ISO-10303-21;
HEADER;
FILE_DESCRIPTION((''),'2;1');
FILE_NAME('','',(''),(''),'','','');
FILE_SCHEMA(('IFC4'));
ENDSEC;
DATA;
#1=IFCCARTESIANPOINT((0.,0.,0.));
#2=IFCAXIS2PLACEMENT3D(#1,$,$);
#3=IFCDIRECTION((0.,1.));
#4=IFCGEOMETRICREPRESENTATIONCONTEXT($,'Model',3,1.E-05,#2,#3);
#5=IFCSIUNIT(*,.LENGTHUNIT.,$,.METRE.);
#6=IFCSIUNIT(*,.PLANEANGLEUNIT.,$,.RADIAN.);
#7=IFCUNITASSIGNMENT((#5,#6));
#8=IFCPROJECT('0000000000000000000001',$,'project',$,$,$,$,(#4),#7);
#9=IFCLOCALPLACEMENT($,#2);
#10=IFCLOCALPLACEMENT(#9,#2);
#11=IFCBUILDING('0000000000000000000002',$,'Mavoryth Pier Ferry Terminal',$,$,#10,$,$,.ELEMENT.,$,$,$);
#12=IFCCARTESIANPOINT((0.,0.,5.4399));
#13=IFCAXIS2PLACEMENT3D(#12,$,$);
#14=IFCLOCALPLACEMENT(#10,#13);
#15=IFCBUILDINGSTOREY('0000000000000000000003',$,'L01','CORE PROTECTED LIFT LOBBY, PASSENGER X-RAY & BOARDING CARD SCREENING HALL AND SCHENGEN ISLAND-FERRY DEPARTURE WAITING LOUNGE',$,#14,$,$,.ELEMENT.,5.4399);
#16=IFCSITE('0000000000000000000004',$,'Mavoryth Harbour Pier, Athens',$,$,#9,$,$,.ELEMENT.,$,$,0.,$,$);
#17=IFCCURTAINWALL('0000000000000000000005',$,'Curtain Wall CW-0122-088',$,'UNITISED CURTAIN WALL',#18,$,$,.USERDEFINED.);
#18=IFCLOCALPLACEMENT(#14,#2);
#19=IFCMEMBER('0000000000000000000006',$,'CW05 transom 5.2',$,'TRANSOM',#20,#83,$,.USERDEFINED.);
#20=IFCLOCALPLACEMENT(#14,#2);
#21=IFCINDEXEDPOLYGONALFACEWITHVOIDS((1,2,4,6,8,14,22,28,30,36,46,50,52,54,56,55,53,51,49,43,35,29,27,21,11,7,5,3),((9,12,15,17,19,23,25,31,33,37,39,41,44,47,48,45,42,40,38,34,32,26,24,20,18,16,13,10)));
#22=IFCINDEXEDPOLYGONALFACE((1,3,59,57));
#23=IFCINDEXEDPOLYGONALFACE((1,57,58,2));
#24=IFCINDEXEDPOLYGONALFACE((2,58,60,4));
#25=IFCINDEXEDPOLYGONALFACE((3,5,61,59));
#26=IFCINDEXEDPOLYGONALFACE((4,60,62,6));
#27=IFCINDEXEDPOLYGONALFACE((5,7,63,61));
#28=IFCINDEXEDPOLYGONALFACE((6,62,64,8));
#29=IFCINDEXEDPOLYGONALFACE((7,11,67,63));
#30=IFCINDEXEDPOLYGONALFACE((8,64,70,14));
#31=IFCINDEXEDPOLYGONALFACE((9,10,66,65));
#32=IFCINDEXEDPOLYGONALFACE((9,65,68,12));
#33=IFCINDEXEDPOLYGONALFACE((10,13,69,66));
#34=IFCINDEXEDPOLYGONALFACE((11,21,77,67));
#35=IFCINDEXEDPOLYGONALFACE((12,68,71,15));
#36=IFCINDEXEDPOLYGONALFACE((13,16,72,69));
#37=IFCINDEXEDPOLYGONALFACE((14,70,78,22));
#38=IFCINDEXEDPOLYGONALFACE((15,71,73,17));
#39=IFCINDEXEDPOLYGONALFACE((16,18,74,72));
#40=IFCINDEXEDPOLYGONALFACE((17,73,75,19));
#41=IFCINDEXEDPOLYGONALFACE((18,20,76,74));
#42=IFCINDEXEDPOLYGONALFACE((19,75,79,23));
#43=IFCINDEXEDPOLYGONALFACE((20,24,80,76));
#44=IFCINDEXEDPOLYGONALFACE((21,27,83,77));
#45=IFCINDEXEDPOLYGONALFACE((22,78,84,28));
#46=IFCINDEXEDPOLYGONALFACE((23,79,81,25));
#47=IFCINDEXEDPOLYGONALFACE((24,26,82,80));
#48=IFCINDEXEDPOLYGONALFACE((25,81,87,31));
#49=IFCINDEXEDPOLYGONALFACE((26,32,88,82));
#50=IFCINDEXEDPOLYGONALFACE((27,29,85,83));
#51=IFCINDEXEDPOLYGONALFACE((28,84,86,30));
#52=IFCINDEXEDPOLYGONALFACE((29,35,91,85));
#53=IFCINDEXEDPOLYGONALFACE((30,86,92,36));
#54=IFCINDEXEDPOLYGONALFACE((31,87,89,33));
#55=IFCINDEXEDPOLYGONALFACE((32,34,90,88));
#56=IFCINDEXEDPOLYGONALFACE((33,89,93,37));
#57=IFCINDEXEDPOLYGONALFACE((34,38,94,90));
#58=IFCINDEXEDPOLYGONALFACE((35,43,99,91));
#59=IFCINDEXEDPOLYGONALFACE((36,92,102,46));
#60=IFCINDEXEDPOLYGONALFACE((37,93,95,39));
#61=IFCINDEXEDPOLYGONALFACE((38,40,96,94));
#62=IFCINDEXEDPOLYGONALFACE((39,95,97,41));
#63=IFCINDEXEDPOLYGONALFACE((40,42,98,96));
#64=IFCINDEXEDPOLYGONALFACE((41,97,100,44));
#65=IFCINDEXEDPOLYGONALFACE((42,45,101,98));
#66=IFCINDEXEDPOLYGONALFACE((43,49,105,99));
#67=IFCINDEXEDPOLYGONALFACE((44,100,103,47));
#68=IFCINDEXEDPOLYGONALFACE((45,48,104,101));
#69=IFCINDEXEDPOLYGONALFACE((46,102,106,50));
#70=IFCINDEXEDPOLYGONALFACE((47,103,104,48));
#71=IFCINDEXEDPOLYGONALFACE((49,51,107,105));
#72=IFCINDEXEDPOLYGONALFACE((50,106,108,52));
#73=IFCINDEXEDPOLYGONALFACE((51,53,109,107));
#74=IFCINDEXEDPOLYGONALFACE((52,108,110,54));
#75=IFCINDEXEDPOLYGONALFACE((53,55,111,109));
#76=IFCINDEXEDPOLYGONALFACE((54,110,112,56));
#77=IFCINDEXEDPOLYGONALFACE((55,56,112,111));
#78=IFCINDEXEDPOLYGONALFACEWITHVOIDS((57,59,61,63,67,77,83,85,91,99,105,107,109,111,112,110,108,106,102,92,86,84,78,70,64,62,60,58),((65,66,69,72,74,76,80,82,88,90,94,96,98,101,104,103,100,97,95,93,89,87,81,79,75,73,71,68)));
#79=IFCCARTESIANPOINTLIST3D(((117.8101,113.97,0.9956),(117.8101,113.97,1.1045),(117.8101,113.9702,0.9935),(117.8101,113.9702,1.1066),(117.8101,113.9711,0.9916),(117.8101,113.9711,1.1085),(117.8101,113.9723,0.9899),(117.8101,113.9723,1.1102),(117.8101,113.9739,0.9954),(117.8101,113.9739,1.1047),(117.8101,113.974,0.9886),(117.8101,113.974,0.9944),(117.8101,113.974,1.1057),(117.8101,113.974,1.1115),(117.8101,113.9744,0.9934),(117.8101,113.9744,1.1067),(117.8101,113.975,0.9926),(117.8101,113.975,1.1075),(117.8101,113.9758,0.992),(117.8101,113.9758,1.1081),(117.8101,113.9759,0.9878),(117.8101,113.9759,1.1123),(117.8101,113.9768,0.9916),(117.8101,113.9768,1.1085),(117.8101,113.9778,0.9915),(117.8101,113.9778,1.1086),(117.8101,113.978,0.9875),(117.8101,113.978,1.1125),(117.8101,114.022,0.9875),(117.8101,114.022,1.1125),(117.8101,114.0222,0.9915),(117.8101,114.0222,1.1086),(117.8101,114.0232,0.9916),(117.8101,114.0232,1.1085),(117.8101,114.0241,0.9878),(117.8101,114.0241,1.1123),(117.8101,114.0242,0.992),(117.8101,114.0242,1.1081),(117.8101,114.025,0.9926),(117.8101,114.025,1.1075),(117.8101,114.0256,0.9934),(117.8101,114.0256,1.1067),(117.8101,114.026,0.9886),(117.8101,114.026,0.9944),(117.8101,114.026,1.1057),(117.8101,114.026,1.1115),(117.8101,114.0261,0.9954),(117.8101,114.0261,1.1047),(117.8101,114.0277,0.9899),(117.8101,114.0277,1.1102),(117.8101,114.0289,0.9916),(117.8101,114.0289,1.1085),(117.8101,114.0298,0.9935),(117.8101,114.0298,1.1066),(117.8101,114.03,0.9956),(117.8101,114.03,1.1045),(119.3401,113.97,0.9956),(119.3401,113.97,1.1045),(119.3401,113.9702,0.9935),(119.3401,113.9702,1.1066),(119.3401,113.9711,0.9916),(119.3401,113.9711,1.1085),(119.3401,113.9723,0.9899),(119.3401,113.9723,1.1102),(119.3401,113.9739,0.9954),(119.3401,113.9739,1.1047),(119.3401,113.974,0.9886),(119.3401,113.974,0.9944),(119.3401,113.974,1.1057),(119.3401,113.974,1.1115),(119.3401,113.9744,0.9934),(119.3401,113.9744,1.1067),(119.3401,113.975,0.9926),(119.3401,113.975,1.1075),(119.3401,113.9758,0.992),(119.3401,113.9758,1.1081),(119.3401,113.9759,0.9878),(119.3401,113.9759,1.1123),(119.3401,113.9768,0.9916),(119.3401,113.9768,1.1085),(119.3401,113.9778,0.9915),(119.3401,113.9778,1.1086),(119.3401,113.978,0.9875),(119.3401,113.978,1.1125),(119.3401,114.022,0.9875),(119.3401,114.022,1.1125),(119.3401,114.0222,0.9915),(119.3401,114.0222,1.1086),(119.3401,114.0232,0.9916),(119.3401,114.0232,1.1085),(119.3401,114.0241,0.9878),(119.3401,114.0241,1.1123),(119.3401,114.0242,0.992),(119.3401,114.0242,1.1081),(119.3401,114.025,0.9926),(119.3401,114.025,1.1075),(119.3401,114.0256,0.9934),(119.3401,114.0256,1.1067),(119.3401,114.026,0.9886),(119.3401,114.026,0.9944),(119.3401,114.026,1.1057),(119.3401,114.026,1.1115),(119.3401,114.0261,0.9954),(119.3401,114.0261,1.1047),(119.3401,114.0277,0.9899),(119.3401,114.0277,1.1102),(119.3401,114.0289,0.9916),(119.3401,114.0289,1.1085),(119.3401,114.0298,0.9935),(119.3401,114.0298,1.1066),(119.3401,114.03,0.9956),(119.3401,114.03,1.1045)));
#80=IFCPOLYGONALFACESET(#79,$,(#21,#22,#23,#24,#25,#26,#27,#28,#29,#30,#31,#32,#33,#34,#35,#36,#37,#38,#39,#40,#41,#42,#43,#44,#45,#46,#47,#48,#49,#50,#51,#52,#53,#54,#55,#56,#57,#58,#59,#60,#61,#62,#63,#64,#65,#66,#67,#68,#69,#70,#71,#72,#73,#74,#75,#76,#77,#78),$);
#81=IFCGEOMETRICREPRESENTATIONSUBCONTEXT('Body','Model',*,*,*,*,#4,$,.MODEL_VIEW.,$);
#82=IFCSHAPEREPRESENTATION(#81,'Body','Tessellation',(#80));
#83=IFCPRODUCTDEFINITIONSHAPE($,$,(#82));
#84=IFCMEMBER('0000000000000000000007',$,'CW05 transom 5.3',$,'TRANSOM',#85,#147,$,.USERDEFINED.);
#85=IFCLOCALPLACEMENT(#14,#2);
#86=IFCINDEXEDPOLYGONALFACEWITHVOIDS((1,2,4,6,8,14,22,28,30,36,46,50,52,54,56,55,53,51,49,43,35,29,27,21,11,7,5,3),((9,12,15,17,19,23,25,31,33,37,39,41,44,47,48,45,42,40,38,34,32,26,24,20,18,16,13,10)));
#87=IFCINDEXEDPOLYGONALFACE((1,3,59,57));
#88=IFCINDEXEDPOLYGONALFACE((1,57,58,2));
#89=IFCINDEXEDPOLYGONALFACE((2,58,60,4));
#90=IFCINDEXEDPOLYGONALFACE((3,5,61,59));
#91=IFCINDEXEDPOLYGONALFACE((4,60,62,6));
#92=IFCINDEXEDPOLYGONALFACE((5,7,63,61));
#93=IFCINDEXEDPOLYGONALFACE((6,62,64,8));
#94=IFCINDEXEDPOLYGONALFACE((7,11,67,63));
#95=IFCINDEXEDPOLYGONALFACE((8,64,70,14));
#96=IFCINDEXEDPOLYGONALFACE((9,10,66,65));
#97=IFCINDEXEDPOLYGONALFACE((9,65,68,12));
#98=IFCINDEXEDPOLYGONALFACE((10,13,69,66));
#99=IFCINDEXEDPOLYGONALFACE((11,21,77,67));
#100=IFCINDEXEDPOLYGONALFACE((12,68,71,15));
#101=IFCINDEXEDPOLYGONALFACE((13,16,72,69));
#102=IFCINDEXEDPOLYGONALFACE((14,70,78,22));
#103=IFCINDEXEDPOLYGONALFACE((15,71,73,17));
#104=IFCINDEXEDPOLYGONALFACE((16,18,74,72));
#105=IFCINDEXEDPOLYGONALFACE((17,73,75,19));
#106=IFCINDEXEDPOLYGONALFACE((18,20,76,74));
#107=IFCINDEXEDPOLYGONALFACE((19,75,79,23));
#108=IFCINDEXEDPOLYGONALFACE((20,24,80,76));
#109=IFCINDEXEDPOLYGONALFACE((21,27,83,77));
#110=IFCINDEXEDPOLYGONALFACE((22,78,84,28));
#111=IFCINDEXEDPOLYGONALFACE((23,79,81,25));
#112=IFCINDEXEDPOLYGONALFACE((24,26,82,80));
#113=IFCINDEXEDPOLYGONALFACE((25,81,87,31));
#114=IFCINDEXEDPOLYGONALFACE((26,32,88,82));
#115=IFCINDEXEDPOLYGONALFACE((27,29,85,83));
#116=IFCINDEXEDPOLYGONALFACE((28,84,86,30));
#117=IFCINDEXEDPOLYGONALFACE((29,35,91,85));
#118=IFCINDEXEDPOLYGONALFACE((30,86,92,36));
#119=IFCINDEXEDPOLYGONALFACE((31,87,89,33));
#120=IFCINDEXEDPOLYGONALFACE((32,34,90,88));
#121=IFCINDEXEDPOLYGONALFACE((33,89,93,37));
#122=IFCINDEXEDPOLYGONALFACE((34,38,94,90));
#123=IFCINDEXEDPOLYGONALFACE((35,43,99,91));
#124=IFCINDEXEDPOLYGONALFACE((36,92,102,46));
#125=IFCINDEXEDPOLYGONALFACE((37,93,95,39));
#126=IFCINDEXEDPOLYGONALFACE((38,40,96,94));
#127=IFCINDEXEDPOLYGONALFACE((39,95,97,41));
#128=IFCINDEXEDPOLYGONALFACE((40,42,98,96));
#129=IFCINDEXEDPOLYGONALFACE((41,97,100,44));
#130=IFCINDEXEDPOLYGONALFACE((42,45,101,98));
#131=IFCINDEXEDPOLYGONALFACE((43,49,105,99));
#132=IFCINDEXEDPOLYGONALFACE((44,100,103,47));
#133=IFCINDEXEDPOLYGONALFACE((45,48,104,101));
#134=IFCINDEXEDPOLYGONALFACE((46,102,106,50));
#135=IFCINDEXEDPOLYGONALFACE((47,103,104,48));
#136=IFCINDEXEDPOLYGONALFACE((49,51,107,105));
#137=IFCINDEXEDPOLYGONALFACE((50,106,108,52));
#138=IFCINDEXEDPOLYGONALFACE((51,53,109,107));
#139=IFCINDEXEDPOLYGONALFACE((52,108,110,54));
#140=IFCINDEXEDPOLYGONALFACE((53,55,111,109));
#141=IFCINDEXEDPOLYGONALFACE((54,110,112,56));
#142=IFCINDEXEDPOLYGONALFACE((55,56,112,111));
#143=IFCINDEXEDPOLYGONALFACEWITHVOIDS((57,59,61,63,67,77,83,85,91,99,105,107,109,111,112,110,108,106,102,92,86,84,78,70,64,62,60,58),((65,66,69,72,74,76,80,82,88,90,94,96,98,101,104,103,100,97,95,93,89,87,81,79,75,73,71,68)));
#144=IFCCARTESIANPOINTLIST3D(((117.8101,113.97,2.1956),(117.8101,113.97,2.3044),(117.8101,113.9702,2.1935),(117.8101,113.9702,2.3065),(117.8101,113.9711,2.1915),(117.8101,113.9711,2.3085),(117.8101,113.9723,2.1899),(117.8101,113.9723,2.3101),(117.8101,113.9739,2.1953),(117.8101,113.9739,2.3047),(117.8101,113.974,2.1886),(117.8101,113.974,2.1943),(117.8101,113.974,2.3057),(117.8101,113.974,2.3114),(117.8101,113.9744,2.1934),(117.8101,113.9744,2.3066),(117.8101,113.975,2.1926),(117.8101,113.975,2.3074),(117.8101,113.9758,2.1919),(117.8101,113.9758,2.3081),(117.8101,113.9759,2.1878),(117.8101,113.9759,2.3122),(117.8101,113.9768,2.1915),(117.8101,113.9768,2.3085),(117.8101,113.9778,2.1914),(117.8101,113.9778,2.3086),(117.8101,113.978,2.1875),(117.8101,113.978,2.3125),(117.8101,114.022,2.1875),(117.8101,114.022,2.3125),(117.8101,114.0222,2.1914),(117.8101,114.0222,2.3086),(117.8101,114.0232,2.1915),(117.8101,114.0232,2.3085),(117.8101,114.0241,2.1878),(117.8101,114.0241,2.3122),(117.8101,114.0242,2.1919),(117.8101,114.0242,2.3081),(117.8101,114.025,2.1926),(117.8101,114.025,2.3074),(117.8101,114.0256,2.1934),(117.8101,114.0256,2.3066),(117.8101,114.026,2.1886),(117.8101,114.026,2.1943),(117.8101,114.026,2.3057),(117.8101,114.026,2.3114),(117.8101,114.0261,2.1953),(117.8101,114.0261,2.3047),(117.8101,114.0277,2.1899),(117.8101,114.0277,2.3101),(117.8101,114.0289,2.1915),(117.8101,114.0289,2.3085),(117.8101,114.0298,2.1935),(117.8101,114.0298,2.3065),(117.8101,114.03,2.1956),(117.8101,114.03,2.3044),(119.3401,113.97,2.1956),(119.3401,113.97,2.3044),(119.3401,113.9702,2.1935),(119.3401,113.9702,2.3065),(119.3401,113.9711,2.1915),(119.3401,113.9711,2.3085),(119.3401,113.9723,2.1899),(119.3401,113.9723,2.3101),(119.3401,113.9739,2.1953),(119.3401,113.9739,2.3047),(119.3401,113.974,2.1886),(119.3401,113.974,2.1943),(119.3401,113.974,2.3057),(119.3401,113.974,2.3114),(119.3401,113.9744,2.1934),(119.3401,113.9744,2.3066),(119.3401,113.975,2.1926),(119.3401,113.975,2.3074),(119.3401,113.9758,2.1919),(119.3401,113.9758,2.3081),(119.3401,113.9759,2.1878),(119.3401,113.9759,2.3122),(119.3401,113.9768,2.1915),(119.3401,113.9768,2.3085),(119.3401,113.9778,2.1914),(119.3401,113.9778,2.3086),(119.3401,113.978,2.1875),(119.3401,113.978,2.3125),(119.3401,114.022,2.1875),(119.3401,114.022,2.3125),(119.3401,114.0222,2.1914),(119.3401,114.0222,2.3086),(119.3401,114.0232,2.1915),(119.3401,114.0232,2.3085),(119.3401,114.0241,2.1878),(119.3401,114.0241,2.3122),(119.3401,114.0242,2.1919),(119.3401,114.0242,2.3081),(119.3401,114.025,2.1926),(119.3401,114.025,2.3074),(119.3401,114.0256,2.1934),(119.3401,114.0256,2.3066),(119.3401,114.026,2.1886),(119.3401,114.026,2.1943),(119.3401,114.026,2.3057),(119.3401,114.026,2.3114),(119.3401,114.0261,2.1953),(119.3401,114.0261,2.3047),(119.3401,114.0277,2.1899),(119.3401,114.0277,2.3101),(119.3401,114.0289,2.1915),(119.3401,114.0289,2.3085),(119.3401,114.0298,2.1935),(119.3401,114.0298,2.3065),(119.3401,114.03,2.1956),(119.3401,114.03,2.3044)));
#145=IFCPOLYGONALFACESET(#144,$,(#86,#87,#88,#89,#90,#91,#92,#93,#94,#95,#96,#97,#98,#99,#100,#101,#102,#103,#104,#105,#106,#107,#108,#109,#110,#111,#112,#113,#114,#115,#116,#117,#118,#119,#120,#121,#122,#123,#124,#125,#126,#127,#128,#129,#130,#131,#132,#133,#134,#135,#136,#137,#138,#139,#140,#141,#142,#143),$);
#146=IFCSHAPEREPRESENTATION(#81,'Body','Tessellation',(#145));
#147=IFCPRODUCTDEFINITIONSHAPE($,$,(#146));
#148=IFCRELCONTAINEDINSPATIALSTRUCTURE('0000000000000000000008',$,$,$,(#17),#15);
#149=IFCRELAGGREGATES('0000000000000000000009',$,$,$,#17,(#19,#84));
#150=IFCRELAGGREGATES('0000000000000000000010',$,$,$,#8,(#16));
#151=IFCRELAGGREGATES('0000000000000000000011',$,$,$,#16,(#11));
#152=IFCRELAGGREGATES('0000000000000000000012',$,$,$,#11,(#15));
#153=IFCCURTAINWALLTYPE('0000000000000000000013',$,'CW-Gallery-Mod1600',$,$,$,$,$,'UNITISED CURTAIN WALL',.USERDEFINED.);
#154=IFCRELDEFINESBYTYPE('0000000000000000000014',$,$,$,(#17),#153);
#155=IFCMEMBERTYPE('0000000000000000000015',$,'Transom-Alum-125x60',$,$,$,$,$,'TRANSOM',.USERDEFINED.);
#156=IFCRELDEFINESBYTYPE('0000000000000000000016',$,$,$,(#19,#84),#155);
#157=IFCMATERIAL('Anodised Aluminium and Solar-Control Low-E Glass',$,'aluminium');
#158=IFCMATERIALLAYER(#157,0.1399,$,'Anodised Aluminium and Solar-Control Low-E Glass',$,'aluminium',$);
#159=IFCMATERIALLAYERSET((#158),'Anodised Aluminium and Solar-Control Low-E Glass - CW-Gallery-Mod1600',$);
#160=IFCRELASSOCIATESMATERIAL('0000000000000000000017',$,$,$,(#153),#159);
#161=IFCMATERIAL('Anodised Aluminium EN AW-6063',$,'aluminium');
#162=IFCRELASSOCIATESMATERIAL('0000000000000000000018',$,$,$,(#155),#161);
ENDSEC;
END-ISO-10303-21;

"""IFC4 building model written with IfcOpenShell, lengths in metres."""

from ifc_helpers import new_model, si_unit, direction, frame, origin, origin_2d, place, context, subcontext, project, spatial, hollow_rectangle, extrude, material, layer, layer_set, material_profile, profile_set, type_object, element, aggregate, save


model = new_model("IFC4")

# Units and contexts
model_context = context("Model", 3, precision=1e-05, world=origin(), true_north=direction((0.0, 1.0)))
body_context = subcontext(model_context, "Body", "Model", "MODEL_VIEW")
ifc_project = project(units=[si_unit("LENGTHUNIT", "METRE"), si_unit("PLANEANGLEUNIT", "RADIAN")], contexts=[model_context])

# Site, building, storey
site_placement = place(None, origin())
site = spatial("IfcSite", under=ifc_project, at=site_placement, Name="Mavoryth Harbour Pier, Athens", CompositionType="ELEMENT", RefElevation=0.0)
building_placement = place(site_placement, origin())
building = spatial("IfcBuilding", under=site, at=building_placement, Name="Mavoryth Pier Ferry Terminal", CompositionType="ELEMENT")
storey_placement = place(building_placement, frame((0.0, 0.0, 5.4399)))
storey = spatial("IfcBuildingStorey", under=building, at=storey_placement, Name="L01", Description="CORE PROTECTED LIFT LOBBY, PASSENGER X-RAY & BOARDING CARD SCREENING HALL AND SCHENGEN ISLAND-FERRY DEPARTURE WAITING LOUNGE", CompositionType="ELEMENT", Elevation=5.4399)

# Curtain wall, members
ifc_material_1 = material(Name="Anodised Aluminium and Solar-Control Low-E Glass", Category="aluminium")
ifc_layer_1 = layer(ifc_material_1, 0.1399, Name="Anodised Aluminium and Solar-Control Low-E Glass", Category="aluminium")
ifc_layer_set_1 = layer_set([ifc_layer_1], Name="Anodised Aluminium and Solar-Control Low-E Glass - CW-Gallery-Mod1600")
curtain_wall_type = type_object("IfcCurtainWallType", Name="CW-Gallery-Mod1600", ElementType="UNITISED CURTAIN WALL", PredefinedType="USERDEFINED", material=ifc_layer_set_1)
curtain_wall_placement = place(storey_placement, origin())
curtain_wall = element("IfcCurtainWall", 1, at=curtain_wall_placement, inside=storey, type_object=curtain_wall_type, Name="Curtain Wall CW-0122-088", ObjectType="UNITISED CURTAIN WALL", PredefinedType="USERDEFINED")
ifc_material_2 = material(Name="Anodised Aluminium EN AW-6063", Category="aluminium")
ifc_material_profile_1 = material_profile(ifc_material_2, hollow_rectangle(XDim=0.0601, YDim=0.125, WallThickness=0.0039, InnerFilletRadius=0.0039, OuterFilletRadius=0.0081, at=origin_2d()), Name="AL-TRAN 125x60x4", Category="aluminium")
ifc_profile_set_1 = profile_set([ifc_material_profile_1], Name="Anodised Aluminium EN AW-6063 - AL-TRAN 125x60x4")
member_type_1 = type_object("IfcMemberType", Name="Transom-Alum-125x60", ElementType="TRANSOM", PredefinedType="USERDEFINED", material=ifc_profile_set_1)
member_1_placement = place(storey_placement, frame((119.3401, 114.0, 1.05), z_axis=(-1.0, 0.0, 0.0), x_axis=(0.0, -1.0, 0.0)))
member_1 = element("IfcMember", 2, at=member_1_placement, type_object=member_type_1, Name="CW05 transom 5.2", ObjectType="TRANSOM", PredefinedType="USERDEFINED", context=body_context, shape_type="SweptSolid", body=[
    extrude(hollow_rectangle(XDim=0.0601, YDim=0.125, WallThickness=0.0039, InnerFilletRadius=0.0039, OuterFilletRadius=0.0081, at=origin_2d()), origin(), (0.0, 0.0, 1.0), 1.53),
])
member_2_placement = place(storey_placement, frame((119.3401, 114.0, 2.25), z_axis=(-1.0, 0.0, 0.0), x_axis=(0.0, -1.0, 0.0)))
member_2 = element("IfcMember", 3, at=member_2_placement, type_object=member_type_1, Name="CW05 transom 5.3", ObjectType="TRANSOM", PredefinedType="USERDEFINED", context=body_context, shape_type="SweptSolid", body=[
    extrude(hollow_rectangle(XDim=0.0601, YDim=0.125, WallThickness=0.0039, InnerFilletRadius=0.0039, OuterFilletRadius=0.0081, at=origin_2d()), origin(), (0.0, 0.0, 1.0), 1.53),
])
aggregate(curtain_wall, [member_1, member_2])

save(model, "model.ifc")
